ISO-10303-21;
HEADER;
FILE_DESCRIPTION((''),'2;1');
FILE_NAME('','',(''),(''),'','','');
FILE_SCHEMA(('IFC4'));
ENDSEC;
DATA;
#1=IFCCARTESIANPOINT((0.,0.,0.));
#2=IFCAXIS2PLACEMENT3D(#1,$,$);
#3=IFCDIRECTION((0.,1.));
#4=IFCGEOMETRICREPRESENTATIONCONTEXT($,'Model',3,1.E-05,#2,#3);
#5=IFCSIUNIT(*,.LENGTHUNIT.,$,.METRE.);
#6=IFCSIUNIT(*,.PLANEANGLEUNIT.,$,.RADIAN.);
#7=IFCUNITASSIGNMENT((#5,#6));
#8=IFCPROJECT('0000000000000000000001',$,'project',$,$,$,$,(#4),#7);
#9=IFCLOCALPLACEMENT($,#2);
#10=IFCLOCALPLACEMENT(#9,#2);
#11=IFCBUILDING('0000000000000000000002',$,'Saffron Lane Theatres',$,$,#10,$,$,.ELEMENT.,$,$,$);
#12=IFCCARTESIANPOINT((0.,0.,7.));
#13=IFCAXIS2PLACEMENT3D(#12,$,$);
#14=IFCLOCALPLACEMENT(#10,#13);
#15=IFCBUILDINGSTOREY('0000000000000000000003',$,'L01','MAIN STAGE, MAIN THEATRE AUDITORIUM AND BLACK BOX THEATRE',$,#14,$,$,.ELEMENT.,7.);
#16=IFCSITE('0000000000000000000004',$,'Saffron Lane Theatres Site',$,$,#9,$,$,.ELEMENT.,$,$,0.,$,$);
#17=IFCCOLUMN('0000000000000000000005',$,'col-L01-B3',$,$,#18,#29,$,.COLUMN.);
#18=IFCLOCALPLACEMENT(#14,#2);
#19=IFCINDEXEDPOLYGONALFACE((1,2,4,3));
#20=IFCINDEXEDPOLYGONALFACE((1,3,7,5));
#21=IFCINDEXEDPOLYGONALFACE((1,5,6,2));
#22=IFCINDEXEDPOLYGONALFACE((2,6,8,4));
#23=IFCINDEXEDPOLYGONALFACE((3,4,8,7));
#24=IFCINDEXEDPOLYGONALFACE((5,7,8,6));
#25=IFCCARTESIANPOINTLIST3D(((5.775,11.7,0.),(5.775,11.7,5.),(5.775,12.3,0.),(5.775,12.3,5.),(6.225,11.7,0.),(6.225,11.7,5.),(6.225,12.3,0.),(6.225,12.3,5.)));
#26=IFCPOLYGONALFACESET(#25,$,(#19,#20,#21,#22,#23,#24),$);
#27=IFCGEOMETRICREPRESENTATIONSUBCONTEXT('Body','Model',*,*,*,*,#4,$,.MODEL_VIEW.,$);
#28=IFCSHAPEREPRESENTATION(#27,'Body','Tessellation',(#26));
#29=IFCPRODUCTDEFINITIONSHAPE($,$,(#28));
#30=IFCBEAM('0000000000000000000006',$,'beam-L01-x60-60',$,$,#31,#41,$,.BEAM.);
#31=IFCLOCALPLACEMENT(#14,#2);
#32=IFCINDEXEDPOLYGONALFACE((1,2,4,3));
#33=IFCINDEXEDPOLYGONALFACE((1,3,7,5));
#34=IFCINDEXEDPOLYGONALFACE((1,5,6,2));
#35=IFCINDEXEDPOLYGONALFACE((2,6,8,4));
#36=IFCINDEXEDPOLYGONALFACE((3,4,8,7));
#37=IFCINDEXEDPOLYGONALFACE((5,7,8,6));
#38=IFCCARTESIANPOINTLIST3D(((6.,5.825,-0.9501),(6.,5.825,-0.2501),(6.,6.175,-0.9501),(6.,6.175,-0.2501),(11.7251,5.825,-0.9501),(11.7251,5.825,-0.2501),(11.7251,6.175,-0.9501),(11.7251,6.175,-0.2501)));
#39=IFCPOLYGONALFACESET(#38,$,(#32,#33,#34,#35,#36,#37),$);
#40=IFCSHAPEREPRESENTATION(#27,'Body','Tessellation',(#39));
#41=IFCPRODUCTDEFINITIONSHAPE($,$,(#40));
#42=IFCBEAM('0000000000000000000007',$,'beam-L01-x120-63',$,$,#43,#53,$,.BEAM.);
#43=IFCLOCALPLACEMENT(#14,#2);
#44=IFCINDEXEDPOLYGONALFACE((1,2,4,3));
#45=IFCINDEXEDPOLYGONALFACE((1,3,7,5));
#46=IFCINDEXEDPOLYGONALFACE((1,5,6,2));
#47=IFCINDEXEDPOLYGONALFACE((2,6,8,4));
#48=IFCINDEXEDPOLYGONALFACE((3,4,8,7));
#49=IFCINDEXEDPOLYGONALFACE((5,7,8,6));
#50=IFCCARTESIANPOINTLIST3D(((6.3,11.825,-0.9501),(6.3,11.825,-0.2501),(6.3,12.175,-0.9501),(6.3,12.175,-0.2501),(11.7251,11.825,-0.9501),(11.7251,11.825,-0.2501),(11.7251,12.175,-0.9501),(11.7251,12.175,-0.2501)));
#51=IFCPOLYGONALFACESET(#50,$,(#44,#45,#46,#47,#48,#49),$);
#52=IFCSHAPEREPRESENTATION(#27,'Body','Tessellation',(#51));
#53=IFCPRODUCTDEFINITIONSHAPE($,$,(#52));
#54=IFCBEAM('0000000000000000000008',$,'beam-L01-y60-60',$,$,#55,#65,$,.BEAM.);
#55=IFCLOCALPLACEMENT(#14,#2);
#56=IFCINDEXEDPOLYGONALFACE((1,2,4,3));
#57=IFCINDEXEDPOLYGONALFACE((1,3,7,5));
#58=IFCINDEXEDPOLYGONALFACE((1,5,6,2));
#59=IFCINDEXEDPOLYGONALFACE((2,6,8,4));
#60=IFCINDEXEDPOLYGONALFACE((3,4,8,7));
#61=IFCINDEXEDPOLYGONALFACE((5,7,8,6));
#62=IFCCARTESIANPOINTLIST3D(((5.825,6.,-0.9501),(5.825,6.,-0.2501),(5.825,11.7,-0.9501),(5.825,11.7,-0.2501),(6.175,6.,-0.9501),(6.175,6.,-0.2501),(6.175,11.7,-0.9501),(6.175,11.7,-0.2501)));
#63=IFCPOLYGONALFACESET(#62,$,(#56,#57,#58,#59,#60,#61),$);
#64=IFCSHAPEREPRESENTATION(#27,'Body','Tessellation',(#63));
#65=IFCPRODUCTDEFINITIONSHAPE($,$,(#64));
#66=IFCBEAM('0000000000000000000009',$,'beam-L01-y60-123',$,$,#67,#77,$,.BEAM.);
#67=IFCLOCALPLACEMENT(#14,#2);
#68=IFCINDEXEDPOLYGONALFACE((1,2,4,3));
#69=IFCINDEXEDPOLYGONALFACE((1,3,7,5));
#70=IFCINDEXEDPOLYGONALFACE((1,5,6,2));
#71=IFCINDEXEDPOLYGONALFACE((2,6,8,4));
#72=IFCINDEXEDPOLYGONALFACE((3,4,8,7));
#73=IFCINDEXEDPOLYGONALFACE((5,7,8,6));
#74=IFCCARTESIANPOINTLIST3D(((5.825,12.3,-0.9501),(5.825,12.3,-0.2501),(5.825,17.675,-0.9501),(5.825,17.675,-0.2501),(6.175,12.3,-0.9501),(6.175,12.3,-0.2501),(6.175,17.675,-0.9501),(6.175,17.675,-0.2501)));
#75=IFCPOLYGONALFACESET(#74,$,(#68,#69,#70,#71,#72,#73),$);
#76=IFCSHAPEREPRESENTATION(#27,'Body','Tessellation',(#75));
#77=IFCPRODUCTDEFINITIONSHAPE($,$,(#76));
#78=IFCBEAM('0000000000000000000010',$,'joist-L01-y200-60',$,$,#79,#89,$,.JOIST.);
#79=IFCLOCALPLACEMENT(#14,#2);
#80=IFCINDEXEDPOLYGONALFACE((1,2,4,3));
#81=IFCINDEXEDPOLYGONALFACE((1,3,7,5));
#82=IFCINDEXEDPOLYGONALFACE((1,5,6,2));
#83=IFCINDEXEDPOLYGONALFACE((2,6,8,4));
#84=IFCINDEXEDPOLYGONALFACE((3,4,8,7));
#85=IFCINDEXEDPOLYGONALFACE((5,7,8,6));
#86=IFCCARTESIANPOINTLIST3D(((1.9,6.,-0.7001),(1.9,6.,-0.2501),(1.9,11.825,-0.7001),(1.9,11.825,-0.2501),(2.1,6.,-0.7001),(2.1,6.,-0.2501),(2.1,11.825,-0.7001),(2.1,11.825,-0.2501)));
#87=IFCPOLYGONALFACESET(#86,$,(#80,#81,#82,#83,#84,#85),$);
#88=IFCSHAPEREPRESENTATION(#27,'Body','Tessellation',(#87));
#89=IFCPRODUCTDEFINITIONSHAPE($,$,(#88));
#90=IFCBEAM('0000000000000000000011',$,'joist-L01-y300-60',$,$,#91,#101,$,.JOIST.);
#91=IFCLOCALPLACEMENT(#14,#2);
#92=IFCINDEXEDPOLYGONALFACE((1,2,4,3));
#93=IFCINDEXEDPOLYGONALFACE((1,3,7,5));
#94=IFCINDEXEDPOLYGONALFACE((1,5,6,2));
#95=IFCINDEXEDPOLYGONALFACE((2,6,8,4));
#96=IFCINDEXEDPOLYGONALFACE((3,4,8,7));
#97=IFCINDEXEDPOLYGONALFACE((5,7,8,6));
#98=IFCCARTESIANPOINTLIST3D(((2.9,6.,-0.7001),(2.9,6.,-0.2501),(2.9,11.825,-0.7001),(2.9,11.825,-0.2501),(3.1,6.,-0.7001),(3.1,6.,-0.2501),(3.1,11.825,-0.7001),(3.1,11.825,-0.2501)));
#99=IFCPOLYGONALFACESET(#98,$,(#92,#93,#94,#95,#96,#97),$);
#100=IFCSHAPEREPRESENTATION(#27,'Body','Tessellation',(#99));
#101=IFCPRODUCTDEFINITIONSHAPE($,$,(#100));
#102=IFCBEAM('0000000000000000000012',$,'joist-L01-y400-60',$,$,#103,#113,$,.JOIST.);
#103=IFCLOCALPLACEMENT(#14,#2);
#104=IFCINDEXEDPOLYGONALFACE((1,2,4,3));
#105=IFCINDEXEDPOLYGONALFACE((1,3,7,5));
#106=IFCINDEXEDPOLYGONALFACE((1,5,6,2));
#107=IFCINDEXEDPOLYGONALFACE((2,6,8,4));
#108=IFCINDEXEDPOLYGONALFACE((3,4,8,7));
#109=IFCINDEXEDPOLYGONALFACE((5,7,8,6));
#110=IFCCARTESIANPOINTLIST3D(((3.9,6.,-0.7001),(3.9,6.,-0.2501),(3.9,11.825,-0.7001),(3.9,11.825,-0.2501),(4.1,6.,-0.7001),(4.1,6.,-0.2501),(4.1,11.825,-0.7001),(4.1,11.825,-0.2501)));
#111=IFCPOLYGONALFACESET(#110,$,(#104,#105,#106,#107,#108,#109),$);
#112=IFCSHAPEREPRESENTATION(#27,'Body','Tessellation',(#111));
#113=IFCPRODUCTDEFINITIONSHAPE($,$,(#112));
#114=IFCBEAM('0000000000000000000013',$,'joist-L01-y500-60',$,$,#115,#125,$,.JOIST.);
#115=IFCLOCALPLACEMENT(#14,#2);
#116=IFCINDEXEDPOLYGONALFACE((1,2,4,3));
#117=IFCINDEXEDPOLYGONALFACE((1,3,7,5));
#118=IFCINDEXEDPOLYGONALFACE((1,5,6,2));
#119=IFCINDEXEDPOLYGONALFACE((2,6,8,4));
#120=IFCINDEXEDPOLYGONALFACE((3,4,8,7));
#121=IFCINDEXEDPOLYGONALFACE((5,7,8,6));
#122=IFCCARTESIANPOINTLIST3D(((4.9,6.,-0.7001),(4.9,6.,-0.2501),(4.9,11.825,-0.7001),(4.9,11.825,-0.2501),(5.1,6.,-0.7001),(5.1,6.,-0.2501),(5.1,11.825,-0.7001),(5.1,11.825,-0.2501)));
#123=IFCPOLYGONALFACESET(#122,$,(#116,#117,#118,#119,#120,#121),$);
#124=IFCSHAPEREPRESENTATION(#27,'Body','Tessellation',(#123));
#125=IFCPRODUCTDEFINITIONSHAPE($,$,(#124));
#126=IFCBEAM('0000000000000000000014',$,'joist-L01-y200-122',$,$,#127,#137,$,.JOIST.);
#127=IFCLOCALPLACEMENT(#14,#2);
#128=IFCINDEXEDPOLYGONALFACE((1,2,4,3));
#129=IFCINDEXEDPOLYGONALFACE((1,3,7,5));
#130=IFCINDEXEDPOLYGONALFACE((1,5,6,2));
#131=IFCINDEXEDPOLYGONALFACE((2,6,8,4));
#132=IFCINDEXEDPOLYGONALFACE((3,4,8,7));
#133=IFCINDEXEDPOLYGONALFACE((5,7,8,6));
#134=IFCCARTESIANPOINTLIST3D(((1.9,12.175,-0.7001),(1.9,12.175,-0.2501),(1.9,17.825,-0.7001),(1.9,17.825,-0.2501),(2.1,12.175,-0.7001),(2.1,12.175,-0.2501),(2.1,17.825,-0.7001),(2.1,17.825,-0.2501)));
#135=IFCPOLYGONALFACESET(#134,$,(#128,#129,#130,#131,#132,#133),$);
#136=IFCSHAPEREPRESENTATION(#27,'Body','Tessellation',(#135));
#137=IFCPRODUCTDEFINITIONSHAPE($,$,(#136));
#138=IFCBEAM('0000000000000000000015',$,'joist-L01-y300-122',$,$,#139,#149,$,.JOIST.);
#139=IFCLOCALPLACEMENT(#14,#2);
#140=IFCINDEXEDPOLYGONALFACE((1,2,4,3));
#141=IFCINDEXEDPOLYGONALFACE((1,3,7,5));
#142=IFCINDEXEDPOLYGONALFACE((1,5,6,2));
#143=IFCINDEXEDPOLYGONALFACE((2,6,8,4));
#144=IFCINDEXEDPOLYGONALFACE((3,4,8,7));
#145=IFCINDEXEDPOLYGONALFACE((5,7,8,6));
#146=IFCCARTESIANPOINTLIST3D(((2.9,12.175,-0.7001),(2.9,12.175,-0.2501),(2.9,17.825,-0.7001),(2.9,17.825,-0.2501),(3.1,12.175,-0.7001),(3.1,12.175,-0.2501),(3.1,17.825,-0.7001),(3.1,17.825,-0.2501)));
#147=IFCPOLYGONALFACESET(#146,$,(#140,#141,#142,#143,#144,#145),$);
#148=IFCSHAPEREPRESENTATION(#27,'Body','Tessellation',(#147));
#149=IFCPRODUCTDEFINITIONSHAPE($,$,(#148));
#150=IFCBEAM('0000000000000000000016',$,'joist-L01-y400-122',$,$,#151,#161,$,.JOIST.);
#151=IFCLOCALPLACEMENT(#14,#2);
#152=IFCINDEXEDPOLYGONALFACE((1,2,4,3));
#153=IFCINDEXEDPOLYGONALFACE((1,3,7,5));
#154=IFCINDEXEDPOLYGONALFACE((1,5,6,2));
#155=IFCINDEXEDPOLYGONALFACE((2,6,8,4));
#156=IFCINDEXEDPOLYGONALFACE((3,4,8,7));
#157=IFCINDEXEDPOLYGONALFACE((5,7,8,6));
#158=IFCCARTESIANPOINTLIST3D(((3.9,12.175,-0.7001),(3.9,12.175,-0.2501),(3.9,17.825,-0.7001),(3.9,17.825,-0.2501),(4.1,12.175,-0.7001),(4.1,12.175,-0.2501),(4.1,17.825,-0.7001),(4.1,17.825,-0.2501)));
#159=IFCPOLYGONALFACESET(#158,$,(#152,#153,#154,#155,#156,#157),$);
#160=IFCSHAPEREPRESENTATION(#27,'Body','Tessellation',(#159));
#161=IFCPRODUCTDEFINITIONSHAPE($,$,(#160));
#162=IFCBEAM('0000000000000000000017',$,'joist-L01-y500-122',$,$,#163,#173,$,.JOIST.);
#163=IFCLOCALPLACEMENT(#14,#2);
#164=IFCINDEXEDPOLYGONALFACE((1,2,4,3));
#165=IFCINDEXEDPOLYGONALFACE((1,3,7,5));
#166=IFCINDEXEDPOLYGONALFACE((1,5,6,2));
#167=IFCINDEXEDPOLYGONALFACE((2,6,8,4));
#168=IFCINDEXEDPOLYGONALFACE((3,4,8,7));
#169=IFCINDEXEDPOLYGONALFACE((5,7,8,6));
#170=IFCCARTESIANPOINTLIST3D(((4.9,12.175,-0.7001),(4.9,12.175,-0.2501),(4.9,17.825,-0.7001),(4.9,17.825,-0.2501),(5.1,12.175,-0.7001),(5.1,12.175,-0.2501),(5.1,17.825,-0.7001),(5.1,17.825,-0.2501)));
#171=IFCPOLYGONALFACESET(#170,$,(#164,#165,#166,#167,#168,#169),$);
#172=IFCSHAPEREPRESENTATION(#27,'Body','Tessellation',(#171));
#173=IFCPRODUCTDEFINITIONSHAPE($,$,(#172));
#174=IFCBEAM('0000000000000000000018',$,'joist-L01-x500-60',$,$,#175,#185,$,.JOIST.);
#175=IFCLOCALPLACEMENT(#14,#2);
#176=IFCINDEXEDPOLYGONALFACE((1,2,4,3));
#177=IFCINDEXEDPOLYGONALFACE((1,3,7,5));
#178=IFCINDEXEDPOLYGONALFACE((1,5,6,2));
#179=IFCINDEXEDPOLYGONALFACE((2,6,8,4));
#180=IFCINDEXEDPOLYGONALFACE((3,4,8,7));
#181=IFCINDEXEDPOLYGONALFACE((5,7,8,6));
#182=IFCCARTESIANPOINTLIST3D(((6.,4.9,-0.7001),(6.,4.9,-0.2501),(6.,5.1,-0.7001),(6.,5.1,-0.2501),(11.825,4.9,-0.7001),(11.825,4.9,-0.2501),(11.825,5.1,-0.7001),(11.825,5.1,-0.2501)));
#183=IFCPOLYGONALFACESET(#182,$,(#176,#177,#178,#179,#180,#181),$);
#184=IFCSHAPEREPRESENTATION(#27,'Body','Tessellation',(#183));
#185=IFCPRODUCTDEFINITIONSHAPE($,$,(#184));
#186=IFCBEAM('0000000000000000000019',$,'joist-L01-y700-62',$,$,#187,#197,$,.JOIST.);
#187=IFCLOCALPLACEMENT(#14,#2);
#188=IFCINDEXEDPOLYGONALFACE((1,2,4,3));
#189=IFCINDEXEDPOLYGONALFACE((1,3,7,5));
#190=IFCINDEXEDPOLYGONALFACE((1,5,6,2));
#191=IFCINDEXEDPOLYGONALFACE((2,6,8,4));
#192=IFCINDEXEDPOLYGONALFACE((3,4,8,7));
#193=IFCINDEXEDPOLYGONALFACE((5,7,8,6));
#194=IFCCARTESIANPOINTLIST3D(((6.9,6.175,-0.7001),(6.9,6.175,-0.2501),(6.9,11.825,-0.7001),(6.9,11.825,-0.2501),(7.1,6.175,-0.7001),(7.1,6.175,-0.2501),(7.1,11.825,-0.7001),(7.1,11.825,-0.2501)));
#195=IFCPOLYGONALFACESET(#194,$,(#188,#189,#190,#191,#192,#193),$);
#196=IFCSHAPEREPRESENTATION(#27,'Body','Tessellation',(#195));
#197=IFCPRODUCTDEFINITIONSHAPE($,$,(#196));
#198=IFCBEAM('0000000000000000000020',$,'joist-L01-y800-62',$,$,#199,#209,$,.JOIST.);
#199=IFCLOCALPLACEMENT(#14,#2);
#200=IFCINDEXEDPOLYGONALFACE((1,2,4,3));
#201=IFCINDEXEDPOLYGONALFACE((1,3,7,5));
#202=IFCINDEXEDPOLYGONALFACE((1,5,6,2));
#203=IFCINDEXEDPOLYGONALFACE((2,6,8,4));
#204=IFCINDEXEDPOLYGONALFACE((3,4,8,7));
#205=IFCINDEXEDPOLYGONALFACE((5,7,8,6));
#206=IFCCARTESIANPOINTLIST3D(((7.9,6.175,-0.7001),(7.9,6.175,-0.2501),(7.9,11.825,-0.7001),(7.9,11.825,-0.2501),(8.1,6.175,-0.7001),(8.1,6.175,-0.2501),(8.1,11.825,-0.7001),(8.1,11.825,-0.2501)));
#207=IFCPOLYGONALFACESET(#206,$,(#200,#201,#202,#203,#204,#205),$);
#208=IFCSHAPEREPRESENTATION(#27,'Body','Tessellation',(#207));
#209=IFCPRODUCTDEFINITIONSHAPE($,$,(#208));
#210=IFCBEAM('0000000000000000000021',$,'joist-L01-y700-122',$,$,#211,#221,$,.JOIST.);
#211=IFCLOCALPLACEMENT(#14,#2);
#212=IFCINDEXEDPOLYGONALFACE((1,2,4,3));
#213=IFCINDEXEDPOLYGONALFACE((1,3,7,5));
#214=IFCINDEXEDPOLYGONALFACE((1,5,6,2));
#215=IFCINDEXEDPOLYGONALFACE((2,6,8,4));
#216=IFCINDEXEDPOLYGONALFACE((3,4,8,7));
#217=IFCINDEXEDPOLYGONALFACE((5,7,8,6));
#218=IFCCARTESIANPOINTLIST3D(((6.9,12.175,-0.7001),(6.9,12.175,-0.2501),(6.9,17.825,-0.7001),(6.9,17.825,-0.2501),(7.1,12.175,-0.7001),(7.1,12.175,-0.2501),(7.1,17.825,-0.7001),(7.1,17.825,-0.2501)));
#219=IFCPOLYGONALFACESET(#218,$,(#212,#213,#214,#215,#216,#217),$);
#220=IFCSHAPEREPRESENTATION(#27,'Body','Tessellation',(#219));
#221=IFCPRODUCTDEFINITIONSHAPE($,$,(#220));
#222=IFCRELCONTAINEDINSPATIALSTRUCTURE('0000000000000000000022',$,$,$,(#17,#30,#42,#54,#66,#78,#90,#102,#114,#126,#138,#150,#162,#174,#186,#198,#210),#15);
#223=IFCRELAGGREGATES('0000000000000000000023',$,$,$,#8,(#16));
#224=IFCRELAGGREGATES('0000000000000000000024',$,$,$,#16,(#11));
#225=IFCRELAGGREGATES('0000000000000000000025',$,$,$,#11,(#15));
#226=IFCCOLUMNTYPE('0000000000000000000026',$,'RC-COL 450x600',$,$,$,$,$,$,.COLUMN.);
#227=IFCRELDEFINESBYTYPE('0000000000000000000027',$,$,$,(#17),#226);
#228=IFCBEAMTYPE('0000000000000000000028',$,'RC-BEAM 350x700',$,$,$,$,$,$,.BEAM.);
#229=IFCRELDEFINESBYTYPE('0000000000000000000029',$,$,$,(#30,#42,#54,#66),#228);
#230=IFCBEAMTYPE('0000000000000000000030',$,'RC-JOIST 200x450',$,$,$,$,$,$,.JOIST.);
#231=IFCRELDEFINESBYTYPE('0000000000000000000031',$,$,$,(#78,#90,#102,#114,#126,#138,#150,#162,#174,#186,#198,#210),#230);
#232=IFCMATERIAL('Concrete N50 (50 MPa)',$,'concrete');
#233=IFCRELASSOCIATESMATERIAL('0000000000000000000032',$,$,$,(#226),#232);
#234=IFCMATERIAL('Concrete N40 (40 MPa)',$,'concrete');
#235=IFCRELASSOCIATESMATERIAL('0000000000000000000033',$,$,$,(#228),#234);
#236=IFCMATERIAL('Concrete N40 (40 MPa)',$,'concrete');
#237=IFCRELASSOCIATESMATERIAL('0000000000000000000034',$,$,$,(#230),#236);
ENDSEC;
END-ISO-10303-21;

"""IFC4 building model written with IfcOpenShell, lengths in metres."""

from ifc_helpers import new_model, si_unit, direction, frame, origin, origin_2d, place, context, subcontext, project, spatial, rectangle, extrude, material, material_profile, profile_set, type_object, element, save


model = new_model("IFC4")

# Units and contexts
model_context = context("Model", 3, precision=1e-05, world=origin(), true_north=direction((0.0, 1.0)))
body_context = subcontext(model_context, "Body", "Model", "MODEL_VIEW")
ifc_project = project(units=[si_unit("LENGTHUNIT", "METRE"), si_unit("PLANEANGLEUNIT", "RADIAN")], contexts=[model_context])

# Site, building, storey
site_placement = place(None, origin())
site = spatial("IfcSite", under=ifc_project, at=site_placement, Name="Saffron Lane Theatres Site", CompositionType="ELEMENT", RefElevation=0.0)
building_placement = place(site_placement, origin())
building = spatial("IfcBuilding", under=site, at=building_placement, Name="Saffron Lane Theatres", CompositionType="ELEMENT")
storey_placement = place(building_placement, frame((0.0, 0.0, 7.0)))
storey = spatial("IfcBuildingStorey", under=building, at=storey_placement, Name="L01", Description="MAIN STAGE, MAIN THEATRE AUDITORIUM AND BLACK BOX THEATRE", CompositionType="ELEMENT", Elevation=7.0)

# Column
ifc_material_1 = material(Name="Concrete N50 (50 MPa)", Category="concrete")
ifc_material_profile_1 = material_profile(ifc_material_1, rectangle(XDim=0.45, YDim=0.6001, at=origin_2d()))
ifc_profile_set_1 = profile_set([ifc_material_profile_1], Name="Concrete N50 (50 MPa)")
column_type = type_object("IfcColumnType", Name="RC-COL 450x600", PredefinedType="COLUMN", material=ifc_profile_set_1)
column_placement = place(storey_placement, frame((6.0, 12.0, 0.0), z_axis=(0.0, 0.0, 1.0), x_axis=(1.0, 0.0, 0.0)))
element("IfcColumn", 1, at=column_placement, inside=storey, type_object=column_type, Name="col-L01-B3", PredefinedType="COLUMN", context=body_context, shape_type="SweptSolid", body=[
    extrude(rectangle(XDim=0.45, YDim=0.6001, at=origin_2d()), origin(), (0.0, 0.0, 1.0), 5.0),
])

# Beams
ifc_material_2 = material(Name="Concrete N40 (40 MPa)", Category="concrete")
ifc_material_profile_2 = material_profile(ifc_material_2, rectangle(XDim=0.3501, YDim=0.7, at=origin_2d()))
ifc_profile_set_2 = profile_set([ifc_material_profile_2], Name="Concrete N40 (40 MPa)")
beam_type_1 = type_object("IfcBeamType", Name="RC-BEAM 350x700", PredefinedType="BEAM", material=ifc_profile_set_2)
beam_1_placement = place(storey_placement, frame((6.0, 6.0, -0.6001), z_axis=(1.0, 0.0, 0.0), x_axis=(0.0, 1.0, 0.0)))
element("IfcBeam", 2, at=beam_1_placement, inside=storey, type_object=beam_type_1, Name="beam-L01-x60-60", PredefinedType="BEAM", context=body_context, shape_type="SweptSolid", body=[
    extrude(rectangle(XDim=0.3501, YDim=0.7, at=origin_2d()), origin(), (0.0, 0.0, 1.0), 5.7251),
])
beam_2_placement = place(storey_placement, frame((6.3, 12.0, -0.6001), z_axis=(1.0, 0.0, 0.0), x_axis=(0.0, 1.0, 0.0)))
element("IfcBeam", 3, at=beam_2_placement, inside=storey, type_object=beam_type_1, Name="beam-L01-x120-63", PredefinedType="BEAM", context=body_context, shape_type="SweptSolid", body=[
    extrude(rectangle(XDim=0.3501, YDim=0.7, at=origin_2d()), origin(), (0.0, 0.0, 1.0), 5.425),
])
beam_3_placement = place(storey_placement, frame((6.0, 6.0, -0.6001), z_axis=(0.0, 1.0, 0.0), x_axis=(-1.0, 0.0, 0.0)))
element("IfcBeam", 4, at=beam_3_placement, inside=storey, type_object=beam_type_1, Name="beam-L01-y60-60", PredefinedType="BEAM", context=body_context, shape_type="SweptSolid", body=[
    extrude(rectangle(XDim=0.3501, YDim=0.7, at=origin_2d()), origin(), (0.0, 0.0, 1.0), 5.7),
])
beam_4_placement = place(storey_placement, frame((6.0, 12.3, -0.6001), z_axis=(0.0, 1.0, 0.0), x_axis=(-1.0, 0.0, 0.0)))
element("IfcBeam", 5, at=beam_4_placement, inside=storey, type_object=beam_type_1, Name="beam-L01-y60-123", PredefinedType="BEAM", context=body_context, shape_type="SweptSolid", body=[
    extrude(rectangle(XDim=0.3501, YDim=0.7, at=origin_2d()), origin(), (0.0, 0.0, 1.0), 5.375),
])
ifc_material_3 = material(Name="Concrete N40 (40 MPa)", Category="concrete")
ifc_material_profile_3 = material_profile(ifc_material_3, rectangle(XDim=0.2, YDim=0.45, at=origin_2d()))
ifc_profile_set_3 = profile_set([ifc_material_profile_3], Name="Concrete N40 (40 MPa)")
beam_type_2 = type_object("IfcBeamType", Name="RC-JOIST 200x450", PredefinedType="JOIST", material=ifc_profile_set_3)
for number, where, z_axis, x_axis, name in (
    (6, (2.0, 6.0, -0.4751), (0.0, 1.0, 0.0), (-1.0, 0.0, 0.0), "joist-L01-y200-60"),
    (7, (3.0, 6.0, -0.4751), (0.0, 1.0, 0.0), (-1.0, 0.0, 0.0), "joist-L01-y300-60"),
    (8, (4.0, 6.0, -0.4751), (0.0, 1.0, 0.0), (-1.0, 0.0, 0.0), "joist-L01-y400-60"),
    (9, (5.0, 6.0, -0.4751), (0.0, 1.0, 0.0), (-1.0, 0.0, 0.0), "joist-L01-y500-60"),
):
    element("IfcBeam", number, at=place(storey_placement, frame(where, z_axis=z_axis, x_axis=x_axis)), inside=storey, type_object=beam_type_2, Name=name, PredefinedType="JOIST", context=body_context, shape_type="SweptSolid", body=[
        extrude(rectangle(XDim=0.2, YDim=0.45, at=origin_2d()), origin(), (0.0, 0.0, 1.0), 5.825),
    ])
for number, where, z_axis, x_axis, name in (
    (10, (2.0, 12.175, -0.4751), (0.0, 1.0, 0.0), (-1.0, 0.0, 0.0), "joist-L01-y200-122"),
    (11, (3.0, 12.175, -0.4751), (0.0, 1.0, 0.0), (-1.0, 0.0, 0.0), "joist-L01-y300-122"),
    (12, (4.0, 12.175, -0.4751), (0.0, 1.0, 0.0), (-1.0, 0.0, 0.0), "joist-L01-y400-122"),
    (13, (5.0, 12.175, -0.4751), (0.0, 1.0, 0.0), (-1.0, 0.0, 0.0), "joist-L01-y500-122"),
):
    element("IfcBeam", number, at=place(storey_placement, frame(where, z_axis=z_axis, x_axis=x_axis)), inside=storey, type_object=beam_type_2, Name=name, PredefinedType="JOIST", context=body_context, shape_type="SweptSolid", body=[
        extrude(rectangle(XDim=0.2, YDim=0.45, at=origin_2d()), origin(), (0.0, 0.0, 1.0), 5.6499),
    ])
beam_5_placement = place(storey_placement, frame((6.0, 5.0, -0.4751), z_axis=(1.0, 0.0, 0.0), x_axis=(0.0, 1.0, 0.0)))
element("IfcBeam", 14, at=beam_5_placement, inside=storey, type_object=beam_type_2, Name="joist-L01-x500-60", PredefinedType="JOIST", context=body_context, shape_type="SweptSolid", body=[
    extrude(rectangle(XDim=0.2, YDim=0.45, at=origin_2d()), origin(), (0.0, 0.0, 1.0), 5.825),
])
for number, where, z_axis, x_axis, name in (
    (15, (7.0, 6.175, -0.4751), (0.0, 1.0, 0.0), (-1.0, 0.0, 0.0), "joist-L01-y700-62"),
    (16, (8.0, 6.175, -0.4751), (0.0, 1.0, 0.0), (-1.0, 0.0, 0.0), "joist-L01-y800-62"),
    (17, (7.0, 12.175, -0.4751), (0.0, 1.0, 0.0), (-1.0, 0.0, 0.0), "joist-L01-y700-122"),
):
    element("IfcBeam", number, at=place(storey_placement, frame(where, z_axis=z_axis, x_axis=x_axis)), inside=storey, type_object=beam_type_2, Name=name, PredefinedType="JOIST", context=body_context, shape_type="SweptSolid", body=[
        extrude(rectangle(XDim=0.2, YDim=0.45, at=origin_2d()), origin(), (0.0, 0.0, 1.0), 5.6499),
    ])

save(model, "model.ifc")
